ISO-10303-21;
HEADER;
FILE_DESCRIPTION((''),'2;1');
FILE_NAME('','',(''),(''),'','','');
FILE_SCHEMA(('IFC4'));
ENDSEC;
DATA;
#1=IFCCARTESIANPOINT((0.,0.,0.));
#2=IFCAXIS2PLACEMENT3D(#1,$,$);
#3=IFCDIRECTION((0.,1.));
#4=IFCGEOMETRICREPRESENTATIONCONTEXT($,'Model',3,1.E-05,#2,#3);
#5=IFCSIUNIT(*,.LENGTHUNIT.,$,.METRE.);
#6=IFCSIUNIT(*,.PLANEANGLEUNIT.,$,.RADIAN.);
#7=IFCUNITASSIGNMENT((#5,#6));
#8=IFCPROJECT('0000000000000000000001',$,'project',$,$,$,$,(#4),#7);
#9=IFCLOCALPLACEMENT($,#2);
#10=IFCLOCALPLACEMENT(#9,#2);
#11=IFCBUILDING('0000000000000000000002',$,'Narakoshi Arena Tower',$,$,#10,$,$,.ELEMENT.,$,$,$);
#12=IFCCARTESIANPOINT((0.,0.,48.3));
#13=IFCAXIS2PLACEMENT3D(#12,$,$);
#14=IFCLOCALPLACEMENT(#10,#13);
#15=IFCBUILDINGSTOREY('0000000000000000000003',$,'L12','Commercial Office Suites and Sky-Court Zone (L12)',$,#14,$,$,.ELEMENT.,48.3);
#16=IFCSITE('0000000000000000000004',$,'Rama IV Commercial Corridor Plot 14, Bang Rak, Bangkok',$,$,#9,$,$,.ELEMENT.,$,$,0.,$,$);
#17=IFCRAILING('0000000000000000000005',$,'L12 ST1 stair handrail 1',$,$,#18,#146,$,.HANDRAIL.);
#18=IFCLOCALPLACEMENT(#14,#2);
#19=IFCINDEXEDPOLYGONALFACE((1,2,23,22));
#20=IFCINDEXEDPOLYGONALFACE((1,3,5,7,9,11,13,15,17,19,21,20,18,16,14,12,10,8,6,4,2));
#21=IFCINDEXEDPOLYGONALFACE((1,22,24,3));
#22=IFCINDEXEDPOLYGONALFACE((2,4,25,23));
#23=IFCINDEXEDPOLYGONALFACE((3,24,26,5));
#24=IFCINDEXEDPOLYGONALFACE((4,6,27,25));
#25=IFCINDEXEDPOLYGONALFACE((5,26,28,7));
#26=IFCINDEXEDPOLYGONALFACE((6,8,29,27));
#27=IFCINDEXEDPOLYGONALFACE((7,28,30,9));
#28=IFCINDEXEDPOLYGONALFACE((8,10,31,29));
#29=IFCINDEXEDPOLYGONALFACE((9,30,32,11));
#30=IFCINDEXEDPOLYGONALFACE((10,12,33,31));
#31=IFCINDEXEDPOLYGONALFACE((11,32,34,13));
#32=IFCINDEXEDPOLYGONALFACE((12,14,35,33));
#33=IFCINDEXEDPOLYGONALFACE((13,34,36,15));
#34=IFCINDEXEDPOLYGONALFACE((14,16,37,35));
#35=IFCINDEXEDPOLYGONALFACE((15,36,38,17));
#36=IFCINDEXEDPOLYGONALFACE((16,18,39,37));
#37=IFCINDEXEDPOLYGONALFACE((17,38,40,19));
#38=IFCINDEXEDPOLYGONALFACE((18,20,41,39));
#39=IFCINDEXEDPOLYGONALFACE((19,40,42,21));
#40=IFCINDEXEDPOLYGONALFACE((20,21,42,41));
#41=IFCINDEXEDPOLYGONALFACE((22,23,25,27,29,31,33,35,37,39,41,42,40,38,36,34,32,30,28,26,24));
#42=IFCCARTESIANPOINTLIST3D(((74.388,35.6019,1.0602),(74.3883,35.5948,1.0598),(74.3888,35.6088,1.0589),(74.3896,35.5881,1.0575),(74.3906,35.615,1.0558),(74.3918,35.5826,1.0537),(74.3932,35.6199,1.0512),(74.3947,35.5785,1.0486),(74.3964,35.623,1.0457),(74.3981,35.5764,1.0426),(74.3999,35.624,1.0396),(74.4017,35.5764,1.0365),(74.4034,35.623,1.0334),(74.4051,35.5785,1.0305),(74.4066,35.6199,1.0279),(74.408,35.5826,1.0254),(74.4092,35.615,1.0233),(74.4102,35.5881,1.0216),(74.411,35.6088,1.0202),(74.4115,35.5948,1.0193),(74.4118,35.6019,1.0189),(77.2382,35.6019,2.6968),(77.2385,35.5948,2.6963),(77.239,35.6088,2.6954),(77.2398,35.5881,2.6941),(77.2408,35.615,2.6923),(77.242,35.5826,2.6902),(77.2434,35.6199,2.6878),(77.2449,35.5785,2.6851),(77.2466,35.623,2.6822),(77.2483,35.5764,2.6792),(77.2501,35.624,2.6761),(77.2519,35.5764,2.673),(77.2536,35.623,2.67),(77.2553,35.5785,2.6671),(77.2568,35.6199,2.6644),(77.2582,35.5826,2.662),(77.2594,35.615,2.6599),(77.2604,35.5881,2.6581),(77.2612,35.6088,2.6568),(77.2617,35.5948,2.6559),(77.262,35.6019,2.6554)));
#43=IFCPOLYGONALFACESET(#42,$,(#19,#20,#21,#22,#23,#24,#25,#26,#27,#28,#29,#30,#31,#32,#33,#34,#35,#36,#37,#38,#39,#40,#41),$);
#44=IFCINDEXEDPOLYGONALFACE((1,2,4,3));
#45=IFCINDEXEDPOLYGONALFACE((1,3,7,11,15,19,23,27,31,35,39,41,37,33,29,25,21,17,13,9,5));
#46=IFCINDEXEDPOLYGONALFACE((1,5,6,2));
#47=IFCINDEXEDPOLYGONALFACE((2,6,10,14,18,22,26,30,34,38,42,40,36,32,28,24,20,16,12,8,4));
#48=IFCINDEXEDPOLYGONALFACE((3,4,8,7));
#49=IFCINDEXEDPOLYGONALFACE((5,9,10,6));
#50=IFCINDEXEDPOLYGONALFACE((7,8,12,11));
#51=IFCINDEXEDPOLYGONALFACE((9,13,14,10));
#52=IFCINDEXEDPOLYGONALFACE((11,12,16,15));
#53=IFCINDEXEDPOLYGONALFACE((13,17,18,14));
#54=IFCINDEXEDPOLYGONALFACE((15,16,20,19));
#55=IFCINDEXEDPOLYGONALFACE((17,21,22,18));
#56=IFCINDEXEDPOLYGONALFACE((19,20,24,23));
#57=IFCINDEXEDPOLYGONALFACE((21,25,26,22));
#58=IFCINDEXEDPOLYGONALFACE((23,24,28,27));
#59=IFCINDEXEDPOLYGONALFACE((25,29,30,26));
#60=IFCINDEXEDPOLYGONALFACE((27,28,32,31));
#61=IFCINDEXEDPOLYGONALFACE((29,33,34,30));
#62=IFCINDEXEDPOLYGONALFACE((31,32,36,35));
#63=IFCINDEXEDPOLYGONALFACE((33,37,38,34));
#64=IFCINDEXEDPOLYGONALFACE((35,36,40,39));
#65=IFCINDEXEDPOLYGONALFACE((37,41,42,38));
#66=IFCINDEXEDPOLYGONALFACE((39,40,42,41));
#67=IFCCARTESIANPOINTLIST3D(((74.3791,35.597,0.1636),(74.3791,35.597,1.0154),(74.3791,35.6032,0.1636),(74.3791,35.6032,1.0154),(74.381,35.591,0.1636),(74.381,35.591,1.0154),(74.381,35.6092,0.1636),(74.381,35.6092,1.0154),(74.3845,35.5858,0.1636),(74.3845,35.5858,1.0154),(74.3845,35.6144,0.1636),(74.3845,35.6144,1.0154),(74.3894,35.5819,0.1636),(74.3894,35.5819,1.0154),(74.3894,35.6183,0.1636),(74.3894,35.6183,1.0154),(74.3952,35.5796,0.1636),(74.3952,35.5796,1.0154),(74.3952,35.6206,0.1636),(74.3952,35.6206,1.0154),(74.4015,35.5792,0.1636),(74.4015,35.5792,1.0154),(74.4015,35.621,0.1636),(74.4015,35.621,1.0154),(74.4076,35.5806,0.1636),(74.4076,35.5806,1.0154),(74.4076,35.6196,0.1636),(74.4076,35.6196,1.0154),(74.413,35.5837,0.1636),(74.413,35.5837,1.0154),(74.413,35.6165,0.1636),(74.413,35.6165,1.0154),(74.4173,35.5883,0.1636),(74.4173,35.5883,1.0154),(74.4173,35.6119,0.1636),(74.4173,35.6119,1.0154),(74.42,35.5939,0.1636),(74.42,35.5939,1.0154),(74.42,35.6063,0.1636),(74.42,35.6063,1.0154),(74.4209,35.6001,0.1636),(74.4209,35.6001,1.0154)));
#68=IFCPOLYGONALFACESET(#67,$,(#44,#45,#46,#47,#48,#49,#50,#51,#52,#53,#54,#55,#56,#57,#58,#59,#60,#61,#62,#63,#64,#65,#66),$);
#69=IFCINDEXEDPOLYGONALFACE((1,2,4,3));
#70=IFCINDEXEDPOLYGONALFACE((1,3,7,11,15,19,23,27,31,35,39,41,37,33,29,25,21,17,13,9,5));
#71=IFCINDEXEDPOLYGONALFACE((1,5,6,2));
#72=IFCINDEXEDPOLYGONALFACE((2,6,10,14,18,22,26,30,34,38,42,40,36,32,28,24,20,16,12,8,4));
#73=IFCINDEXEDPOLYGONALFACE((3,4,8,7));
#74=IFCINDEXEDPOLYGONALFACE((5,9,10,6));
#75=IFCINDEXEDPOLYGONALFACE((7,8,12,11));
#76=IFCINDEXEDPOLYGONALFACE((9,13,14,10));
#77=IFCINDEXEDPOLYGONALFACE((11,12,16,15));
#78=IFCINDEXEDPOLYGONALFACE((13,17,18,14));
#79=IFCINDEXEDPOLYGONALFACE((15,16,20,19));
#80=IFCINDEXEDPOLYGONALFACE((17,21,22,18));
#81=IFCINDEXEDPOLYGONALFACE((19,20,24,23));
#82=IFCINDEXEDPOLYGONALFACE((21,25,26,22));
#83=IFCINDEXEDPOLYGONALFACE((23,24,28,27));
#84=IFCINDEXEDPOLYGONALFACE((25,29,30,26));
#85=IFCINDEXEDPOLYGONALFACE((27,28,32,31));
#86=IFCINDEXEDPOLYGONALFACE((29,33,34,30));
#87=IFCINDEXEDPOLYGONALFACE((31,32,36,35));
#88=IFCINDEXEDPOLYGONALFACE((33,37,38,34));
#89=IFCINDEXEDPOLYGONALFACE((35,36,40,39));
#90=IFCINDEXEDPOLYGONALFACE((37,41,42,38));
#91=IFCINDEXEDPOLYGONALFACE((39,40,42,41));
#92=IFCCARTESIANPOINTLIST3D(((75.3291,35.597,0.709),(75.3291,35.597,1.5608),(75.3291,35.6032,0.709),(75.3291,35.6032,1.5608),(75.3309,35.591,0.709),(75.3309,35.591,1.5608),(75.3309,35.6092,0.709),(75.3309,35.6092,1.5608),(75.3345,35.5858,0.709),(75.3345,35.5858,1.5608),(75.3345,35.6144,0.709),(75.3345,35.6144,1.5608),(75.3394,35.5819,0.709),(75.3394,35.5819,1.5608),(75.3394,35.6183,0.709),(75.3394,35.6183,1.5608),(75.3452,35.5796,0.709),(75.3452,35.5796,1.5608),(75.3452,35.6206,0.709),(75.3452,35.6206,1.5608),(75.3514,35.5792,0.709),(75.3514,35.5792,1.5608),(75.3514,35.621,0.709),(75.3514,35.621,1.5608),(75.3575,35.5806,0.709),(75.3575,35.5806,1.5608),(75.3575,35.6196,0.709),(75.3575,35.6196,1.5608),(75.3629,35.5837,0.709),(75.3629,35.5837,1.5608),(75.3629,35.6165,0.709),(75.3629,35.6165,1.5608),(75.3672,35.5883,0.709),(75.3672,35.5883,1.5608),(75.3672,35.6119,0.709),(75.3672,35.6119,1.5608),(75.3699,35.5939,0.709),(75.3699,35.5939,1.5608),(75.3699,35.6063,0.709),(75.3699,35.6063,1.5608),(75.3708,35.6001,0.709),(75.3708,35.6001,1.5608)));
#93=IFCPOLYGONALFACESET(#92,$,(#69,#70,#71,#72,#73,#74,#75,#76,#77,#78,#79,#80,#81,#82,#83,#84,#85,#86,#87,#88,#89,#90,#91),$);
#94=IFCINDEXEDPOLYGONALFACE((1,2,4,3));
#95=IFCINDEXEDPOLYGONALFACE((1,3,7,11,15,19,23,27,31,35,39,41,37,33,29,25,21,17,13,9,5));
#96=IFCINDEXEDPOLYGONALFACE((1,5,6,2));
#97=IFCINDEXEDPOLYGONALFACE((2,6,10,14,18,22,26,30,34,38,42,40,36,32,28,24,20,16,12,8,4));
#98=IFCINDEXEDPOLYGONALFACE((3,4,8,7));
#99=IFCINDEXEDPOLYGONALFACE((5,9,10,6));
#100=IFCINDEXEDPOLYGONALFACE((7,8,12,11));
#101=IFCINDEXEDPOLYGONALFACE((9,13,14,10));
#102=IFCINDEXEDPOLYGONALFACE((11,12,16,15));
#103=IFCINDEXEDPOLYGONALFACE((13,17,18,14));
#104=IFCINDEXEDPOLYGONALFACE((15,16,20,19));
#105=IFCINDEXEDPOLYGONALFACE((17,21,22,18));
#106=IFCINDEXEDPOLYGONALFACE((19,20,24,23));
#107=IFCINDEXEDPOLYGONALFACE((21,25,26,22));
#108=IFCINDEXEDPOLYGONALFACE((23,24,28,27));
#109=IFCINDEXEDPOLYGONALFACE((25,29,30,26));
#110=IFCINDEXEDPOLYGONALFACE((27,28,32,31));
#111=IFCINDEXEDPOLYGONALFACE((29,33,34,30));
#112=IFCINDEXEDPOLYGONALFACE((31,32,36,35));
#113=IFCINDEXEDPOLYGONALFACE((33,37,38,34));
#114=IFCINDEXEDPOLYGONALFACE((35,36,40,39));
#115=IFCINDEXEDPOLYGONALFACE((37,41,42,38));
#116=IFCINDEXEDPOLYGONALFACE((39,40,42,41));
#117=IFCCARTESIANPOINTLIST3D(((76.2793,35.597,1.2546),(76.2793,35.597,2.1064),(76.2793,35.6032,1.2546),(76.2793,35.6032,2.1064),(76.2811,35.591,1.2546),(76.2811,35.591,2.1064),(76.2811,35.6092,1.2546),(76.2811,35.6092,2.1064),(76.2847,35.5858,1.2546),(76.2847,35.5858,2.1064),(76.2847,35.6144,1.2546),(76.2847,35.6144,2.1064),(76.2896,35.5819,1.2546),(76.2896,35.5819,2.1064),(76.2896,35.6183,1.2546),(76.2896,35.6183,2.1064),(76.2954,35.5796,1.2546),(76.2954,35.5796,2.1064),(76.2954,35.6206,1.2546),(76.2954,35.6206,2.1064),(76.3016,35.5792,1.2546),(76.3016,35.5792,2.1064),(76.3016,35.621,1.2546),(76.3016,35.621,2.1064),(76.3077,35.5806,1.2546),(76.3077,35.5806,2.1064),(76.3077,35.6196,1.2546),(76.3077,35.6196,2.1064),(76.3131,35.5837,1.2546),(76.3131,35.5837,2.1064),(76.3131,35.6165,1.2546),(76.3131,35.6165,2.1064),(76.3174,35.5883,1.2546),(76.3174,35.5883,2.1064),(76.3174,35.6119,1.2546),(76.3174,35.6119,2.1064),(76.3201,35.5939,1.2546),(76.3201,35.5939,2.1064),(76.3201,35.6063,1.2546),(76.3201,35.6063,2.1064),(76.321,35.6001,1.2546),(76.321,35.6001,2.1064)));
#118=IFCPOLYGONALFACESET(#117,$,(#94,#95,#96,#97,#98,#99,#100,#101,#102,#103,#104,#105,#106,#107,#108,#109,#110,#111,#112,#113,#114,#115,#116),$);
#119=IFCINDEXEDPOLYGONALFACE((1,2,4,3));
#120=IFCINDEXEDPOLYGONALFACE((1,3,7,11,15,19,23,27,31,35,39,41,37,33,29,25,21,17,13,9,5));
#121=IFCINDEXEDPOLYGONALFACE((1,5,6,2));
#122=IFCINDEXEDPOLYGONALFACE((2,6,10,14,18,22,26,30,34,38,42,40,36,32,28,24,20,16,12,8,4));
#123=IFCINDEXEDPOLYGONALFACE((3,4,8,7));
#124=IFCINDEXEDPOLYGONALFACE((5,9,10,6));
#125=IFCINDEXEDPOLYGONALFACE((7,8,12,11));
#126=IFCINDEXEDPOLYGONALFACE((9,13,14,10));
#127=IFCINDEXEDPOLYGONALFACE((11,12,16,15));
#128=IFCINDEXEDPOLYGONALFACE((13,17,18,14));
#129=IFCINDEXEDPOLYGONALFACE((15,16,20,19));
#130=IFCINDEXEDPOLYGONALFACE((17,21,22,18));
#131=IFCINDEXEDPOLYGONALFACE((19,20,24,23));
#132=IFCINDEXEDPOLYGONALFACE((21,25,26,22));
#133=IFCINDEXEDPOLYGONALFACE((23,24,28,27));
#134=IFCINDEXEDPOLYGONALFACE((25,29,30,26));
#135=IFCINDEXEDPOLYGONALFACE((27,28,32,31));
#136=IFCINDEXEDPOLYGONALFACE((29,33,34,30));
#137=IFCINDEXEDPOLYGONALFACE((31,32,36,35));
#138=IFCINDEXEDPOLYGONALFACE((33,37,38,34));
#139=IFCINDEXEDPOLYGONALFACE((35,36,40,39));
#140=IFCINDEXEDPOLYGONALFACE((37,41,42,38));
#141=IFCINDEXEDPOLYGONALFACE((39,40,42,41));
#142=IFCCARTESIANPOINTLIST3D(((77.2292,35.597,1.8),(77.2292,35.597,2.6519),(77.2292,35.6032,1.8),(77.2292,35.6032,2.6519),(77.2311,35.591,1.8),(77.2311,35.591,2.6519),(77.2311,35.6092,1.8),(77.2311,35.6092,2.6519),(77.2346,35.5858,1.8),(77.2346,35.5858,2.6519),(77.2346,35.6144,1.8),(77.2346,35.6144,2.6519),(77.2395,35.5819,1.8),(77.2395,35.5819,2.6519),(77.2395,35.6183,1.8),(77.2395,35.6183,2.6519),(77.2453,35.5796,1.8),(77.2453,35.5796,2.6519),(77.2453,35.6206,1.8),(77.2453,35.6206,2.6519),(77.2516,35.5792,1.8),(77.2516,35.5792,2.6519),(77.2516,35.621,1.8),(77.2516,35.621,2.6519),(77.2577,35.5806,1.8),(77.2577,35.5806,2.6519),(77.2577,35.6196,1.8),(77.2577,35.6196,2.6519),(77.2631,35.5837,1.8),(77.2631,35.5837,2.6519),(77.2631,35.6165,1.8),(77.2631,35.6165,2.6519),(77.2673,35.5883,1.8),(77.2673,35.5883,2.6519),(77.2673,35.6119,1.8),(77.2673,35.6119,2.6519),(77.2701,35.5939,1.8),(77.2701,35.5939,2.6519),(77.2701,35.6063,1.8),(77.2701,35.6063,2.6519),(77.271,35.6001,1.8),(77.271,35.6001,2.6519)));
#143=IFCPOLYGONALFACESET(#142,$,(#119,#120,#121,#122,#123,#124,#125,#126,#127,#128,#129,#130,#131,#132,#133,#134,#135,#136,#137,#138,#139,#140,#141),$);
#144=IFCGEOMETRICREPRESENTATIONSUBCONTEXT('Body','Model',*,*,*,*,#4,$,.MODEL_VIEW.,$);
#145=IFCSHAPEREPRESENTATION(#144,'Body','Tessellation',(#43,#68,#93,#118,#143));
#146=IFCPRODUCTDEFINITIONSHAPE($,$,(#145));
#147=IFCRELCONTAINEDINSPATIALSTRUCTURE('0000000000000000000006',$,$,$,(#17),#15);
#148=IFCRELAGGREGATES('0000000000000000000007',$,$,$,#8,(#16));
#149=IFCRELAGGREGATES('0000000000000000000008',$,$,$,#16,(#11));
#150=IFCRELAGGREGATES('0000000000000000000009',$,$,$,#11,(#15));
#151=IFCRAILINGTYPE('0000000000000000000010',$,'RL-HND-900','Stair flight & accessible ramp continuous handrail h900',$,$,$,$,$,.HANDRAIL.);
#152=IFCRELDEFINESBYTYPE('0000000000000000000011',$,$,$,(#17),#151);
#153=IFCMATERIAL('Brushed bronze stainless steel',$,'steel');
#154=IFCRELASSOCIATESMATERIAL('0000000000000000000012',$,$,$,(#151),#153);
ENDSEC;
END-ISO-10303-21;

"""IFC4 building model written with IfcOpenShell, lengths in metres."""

from ifc_helpers import new_model, si_unit, direction, frame, origin, origin_2d, place, context, subcontext, project, spatial, circle, extrude, material, type_object, element, save


model = new_model("IFC4")

# Units and contexts
model_context = context("Model", 3, precision=1e-05, world=origin(), true_north=direction((0.0, 1.0)))
body_context = subcontext(model_context, "Body", "Model", "MODEL_VIEW")
ifc_project = project(units=[si_unit("LENGTHUNIT", "METRE"), si_unit("PLANEANGLEUNIT", "RADIAN")], contexts=[model_context])

# Site, building, storey
site_placement = place(None, origin())
site = spatial("IfcSite", under=ifc_project, at=site_placement, Name="Rama IV Commercial Corridor Plot 14, Bang Rak, Bangkok", CompositionType="ELEMENT", RefElevation=0.0)
building_placement = place(site_placement, origin())
building = spatial("IfcBuilding", under=site, at=building_placement, Name="Narakoshi Arena Tower", CompositionType="ELEMENT")
storey_placement = place(building_placement, frame((0.0, 0.0, 48.3)))
storey = spatial("IfcBuildingStorey", under=building, at=storey_placement, Name="L12", Description="Commercial Office Suites and Sky-Court Zone (L12)", CompositionType="ELEMENT", Elevation=48.3)

# Shared definitions
ifc_material_1 = material(Name="Brushed bronze stainless steel", Category="steel")

# Railing
railing_type_1 = type_object("IfcRailingType", Name="RL-HND-900", Description="Stair flight & accessible ramp continuous handrail h900", PredefinedType="HANDRAIL", material=ifc_material_1)
railing_1_placement = place(storey_placement, frame((74.3999, 35.6001, 0.1636)))
element("IfcRailing", 1, at=railing_1_placement, inside=storey, type_object=railing_type_1, Name="L12 ST1 stair handrail 1", PredefinedType="HANDRAIL", context=body_context, shape_type="SweptSolid", body=[
    extrude(circle(Radius=0.0239, at=origin_2d()), frame((0.0, 0.0, 0.876), z_axis=(0.867213, 0.0, 0.497938), x_axis=(0.0, 1.0, 0.0)), (0.0, 0.0, 1.0), 3.2866),
    extrude(circle(Radius=0.021, at=origin_2d()), origin(), (0.0, 0.0, 1.0), 0.8518),
    extrude(circle(Radius=0.021, at=origin_2d()), frame((0.95, 0.0, 0.5454)), (0.0, 0.0, 1.0), 0.8518),
    extrude(circle(Radius=0.021, at=origin_2d()), frame((1.9001, 0.0, 1.0911)), (0.0, 0.0, 1.0), 0.8518),
    extrude(circle(Radius=0.021, at=origin_2d()), frame((2.8501, 0.0, 1.6365)), (0.0, 0.0, 1.0), 0.8518),
])

save(model, "model.ifc")
